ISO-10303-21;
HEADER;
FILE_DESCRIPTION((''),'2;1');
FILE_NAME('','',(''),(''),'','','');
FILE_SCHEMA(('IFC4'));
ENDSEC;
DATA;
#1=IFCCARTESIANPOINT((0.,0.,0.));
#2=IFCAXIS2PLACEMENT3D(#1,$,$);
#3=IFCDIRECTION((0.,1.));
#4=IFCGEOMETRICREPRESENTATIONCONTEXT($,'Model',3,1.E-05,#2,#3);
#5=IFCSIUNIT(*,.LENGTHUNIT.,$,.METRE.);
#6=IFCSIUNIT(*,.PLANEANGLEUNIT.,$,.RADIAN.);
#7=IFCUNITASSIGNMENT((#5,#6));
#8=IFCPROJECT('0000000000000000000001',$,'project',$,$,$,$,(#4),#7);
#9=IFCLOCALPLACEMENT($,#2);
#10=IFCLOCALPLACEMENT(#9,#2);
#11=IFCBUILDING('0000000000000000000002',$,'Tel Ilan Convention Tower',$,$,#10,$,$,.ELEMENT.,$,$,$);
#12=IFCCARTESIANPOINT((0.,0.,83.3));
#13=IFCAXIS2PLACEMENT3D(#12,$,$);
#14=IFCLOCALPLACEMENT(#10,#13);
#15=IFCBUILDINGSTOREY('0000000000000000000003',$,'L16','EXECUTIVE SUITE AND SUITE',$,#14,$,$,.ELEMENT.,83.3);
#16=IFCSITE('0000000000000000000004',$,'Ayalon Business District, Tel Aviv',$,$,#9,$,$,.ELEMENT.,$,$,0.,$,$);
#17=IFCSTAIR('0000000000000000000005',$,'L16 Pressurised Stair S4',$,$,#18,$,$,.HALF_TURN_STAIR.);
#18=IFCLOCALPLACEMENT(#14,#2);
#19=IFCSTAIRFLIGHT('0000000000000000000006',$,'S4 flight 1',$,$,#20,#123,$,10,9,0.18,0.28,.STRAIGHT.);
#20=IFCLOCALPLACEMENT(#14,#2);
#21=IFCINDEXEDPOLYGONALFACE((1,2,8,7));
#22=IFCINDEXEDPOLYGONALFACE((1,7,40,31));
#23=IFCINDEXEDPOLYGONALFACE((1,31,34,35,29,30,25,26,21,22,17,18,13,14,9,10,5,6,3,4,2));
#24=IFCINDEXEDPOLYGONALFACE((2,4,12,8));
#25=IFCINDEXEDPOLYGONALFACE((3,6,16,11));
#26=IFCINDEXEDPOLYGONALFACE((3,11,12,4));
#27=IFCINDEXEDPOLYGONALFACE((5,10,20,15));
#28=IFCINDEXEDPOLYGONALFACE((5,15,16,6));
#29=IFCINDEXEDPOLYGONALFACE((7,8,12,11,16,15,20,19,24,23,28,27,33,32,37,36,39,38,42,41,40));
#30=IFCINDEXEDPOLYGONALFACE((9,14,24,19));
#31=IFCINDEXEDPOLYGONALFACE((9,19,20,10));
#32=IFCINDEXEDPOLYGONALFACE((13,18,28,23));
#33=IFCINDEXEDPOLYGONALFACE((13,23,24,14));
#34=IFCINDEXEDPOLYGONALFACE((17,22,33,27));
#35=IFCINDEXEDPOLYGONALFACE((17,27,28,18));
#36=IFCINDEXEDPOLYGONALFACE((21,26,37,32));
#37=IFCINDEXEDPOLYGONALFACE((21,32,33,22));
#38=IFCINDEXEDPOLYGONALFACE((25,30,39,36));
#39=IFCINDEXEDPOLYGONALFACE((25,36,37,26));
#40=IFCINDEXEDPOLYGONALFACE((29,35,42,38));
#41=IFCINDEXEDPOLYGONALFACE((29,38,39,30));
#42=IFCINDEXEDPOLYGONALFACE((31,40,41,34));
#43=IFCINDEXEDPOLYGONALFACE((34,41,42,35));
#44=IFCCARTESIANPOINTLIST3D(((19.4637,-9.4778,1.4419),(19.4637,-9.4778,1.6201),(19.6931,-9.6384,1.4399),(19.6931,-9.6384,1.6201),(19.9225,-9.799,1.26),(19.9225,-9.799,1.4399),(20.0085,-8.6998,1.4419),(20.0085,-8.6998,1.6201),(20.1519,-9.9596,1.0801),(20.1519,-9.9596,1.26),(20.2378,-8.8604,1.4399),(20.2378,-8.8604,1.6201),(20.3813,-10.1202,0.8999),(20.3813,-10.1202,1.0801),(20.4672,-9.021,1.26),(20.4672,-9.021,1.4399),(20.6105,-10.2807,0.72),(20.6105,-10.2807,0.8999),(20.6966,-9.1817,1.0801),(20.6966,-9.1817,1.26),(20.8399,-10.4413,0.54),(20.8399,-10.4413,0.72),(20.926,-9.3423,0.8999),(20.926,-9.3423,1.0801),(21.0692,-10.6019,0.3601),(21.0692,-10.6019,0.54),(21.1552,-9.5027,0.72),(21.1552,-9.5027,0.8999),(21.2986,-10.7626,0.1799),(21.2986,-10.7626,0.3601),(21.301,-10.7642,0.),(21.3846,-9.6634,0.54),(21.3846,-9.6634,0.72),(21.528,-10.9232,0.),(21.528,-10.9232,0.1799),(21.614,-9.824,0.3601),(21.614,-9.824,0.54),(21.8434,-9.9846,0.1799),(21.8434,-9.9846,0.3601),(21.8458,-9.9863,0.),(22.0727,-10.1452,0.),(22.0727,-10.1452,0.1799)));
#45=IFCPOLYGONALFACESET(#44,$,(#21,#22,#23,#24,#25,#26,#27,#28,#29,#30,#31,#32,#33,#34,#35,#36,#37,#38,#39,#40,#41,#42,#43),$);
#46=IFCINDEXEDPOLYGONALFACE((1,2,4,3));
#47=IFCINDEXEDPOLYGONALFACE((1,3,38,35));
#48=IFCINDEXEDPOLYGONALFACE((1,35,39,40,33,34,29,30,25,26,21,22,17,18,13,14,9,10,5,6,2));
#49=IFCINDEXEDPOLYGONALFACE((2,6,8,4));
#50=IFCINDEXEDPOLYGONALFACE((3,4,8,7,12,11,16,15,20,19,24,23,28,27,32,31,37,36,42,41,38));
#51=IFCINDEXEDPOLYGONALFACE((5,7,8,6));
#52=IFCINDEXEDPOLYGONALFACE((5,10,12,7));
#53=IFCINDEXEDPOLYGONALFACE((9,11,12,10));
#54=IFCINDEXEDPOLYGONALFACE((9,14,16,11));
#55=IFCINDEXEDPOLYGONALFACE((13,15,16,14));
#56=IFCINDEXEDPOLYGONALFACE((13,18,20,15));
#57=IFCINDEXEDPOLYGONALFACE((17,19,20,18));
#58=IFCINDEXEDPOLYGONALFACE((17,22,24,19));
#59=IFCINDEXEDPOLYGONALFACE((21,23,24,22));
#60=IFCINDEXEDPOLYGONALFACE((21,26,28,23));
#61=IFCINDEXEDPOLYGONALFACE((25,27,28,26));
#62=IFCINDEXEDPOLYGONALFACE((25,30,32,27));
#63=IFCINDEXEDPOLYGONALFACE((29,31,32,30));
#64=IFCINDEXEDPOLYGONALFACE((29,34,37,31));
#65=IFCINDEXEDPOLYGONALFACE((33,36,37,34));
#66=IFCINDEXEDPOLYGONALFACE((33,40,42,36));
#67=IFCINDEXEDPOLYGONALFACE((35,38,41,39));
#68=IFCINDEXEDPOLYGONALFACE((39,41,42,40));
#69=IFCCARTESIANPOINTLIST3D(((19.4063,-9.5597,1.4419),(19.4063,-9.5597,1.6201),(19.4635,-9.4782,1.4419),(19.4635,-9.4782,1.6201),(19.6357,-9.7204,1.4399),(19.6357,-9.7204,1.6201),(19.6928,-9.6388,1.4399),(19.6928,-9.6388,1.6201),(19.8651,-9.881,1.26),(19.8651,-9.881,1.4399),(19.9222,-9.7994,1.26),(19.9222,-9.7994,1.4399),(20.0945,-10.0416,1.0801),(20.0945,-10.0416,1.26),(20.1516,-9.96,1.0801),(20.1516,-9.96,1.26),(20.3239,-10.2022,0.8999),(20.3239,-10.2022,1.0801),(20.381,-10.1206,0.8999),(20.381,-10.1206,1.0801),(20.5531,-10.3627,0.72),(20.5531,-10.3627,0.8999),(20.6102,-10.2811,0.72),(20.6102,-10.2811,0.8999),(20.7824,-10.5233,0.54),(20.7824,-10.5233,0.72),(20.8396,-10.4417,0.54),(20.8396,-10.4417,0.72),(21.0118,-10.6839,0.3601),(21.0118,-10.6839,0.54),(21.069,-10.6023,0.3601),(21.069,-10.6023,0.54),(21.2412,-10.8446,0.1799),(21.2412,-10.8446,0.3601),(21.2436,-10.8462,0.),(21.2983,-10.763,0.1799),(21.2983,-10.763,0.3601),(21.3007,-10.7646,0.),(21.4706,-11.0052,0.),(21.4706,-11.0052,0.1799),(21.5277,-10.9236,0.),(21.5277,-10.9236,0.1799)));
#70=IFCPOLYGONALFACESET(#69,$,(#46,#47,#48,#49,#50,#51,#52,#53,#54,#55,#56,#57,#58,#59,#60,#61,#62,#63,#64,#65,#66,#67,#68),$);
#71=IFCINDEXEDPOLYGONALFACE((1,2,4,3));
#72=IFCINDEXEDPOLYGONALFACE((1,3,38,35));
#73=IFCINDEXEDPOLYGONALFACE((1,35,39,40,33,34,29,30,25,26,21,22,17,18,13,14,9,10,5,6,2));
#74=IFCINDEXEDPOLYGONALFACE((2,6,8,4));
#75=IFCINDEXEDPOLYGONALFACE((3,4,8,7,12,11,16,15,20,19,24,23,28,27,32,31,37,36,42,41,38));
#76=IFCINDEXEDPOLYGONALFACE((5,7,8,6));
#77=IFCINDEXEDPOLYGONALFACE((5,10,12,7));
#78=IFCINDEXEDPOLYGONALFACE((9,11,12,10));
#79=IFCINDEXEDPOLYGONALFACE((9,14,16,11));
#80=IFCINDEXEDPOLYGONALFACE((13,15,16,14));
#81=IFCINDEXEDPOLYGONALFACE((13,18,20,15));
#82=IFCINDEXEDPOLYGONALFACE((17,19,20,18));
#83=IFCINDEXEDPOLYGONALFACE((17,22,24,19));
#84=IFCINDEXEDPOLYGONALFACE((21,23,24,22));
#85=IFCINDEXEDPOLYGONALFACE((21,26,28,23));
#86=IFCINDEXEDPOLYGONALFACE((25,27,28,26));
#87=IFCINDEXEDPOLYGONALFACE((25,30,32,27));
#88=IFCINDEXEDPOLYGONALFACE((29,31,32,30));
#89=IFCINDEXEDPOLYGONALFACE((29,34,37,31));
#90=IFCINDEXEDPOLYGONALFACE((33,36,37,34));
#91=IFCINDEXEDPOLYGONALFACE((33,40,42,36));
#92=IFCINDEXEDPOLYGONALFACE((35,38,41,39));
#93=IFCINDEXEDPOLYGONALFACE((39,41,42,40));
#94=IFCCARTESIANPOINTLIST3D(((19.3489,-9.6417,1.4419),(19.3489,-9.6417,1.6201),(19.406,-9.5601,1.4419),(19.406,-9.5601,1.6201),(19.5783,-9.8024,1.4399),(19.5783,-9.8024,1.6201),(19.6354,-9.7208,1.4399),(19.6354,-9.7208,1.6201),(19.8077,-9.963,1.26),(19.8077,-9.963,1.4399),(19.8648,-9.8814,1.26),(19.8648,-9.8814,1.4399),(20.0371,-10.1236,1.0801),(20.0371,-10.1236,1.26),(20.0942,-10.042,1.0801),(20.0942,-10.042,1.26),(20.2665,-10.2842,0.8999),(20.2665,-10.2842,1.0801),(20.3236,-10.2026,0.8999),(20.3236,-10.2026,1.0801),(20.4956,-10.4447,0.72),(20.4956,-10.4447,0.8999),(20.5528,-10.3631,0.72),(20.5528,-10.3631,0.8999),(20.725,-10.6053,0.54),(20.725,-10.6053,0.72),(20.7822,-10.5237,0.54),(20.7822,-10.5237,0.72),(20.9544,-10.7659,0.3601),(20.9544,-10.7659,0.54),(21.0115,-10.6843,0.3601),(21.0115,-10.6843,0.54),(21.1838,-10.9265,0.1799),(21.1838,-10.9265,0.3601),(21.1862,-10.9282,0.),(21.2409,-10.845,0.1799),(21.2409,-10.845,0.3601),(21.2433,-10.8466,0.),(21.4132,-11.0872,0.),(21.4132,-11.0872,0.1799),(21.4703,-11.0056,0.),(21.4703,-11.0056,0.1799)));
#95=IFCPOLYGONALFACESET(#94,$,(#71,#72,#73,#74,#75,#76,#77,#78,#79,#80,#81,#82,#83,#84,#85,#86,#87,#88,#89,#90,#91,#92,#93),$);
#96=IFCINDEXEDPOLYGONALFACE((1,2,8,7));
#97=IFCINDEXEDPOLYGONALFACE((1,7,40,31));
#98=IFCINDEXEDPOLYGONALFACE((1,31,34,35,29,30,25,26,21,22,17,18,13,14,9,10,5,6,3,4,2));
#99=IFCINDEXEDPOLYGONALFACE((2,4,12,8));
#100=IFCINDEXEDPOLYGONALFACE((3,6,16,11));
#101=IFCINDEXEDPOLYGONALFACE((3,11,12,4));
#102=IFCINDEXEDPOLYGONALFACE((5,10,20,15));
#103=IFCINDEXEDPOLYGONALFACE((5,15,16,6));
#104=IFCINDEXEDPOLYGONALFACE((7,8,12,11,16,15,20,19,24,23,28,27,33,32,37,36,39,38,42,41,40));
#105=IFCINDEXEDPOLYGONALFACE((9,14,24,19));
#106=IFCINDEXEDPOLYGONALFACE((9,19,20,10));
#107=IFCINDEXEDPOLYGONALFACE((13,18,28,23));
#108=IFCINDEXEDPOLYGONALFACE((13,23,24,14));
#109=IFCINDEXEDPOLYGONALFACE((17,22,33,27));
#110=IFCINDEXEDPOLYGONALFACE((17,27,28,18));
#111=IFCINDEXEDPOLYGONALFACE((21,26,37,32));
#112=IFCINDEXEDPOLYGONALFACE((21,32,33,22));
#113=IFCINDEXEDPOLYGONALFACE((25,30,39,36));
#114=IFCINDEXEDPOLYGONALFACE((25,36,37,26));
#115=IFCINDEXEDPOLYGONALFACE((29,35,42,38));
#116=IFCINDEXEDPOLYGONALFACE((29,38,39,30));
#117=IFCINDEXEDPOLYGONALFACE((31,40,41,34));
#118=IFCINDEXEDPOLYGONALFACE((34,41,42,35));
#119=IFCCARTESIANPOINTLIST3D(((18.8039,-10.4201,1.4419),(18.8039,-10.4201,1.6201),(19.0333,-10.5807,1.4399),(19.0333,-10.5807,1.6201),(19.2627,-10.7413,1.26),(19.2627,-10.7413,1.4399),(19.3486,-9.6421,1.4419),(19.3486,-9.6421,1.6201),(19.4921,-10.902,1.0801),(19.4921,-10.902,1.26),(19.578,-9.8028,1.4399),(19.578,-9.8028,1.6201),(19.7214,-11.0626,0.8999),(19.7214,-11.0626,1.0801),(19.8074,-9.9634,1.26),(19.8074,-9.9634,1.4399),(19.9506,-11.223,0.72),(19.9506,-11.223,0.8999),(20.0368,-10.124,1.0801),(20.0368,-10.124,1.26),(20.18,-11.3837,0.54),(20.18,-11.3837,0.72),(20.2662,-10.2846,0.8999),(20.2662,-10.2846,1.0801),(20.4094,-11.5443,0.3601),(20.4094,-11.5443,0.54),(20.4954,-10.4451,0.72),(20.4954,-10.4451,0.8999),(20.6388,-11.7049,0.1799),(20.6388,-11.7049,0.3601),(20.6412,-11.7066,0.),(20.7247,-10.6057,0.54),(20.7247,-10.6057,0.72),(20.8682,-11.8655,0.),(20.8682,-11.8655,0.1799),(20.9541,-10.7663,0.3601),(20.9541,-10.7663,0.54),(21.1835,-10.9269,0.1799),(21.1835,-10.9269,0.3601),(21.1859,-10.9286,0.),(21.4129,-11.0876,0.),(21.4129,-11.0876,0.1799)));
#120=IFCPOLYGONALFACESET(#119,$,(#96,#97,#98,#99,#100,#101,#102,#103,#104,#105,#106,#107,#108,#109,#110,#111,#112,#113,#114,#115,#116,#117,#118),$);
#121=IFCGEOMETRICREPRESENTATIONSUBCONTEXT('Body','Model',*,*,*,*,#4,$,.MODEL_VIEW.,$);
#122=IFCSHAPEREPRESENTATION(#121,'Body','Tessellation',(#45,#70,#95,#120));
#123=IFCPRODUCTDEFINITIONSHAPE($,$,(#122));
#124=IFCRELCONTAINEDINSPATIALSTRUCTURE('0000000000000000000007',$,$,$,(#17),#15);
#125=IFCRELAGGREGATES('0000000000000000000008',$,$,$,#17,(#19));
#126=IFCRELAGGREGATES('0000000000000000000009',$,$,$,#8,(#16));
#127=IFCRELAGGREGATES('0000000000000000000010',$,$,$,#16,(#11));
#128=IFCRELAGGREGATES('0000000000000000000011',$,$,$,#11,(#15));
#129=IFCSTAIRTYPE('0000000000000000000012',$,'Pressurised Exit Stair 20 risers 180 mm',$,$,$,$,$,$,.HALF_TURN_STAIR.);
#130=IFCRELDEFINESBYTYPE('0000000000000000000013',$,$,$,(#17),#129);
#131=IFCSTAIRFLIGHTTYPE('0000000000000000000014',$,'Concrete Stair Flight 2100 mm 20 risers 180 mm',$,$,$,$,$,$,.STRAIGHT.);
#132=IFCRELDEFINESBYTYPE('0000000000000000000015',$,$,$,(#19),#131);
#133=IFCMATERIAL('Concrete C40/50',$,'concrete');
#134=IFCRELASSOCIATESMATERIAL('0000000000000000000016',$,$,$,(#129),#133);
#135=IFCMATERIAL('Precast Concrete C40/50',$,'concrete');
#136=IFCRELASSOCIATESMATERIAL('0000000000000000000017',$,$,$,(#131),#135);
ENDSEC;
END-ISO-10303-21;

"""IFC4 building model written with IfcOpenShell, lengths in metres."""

from ifc_helpers import new_model, si_unit, direction, frame, origin, place, context, subcontext, project, spatial, polyline, outline, extrude, material, type_object, element, aggregate, save


model = new_model("IFC4")

# Units and contexts
model_context = context("Model", 3, precision=1e-05, world=origin(), true_north=direction((0.0, 1.0)))
body_context = subcontext(model_context, "Body", "Model", "MODEL_VIEW")
ifc_project = project(units=[si_unit("LENGTHUNIT", "METRE"), si_unit("PLANEANGLEUNIT", "RADIAN")], contexts=[model_context])

# Site, building, storey
site_placement = place(None, origin())
site = spatial("IfcSite", under=ifc_project, at=site_placement, Name="Ayalon Business District, Tel Aviv", CompositionType="ELEMENT", RefElevation=0.0)
building_placement = place(site_placement, origin())
building = spatial("IfcBuilding", under=site, at=building_placement, Name="Tel Ilan Convention Tower", CompositionType="ELEMENT")
storey_placement = place(building_placement, frame((0.0, 0.0, 83.3)))
storey = spatial("IfcBuildingStorey", under=building, at=storey_placement, Name="L16", Description="EXECUTIVE SUITE AND SUITE", CompositionType="ELEMENT", Elevation=83.3)

# Shared definitions
ifc_material_1 = material(Name="Concrete C40/50", Category="concrete")
stair_type = type_object("IfcStairType", Name="Pressurised Exit Stair 20 risers 180 mm", PredefinedType="HALF_TURN_STAIR", material=ifc_material_1)
ifc_material_2 = material(Name="Precast Concrete C40/50", Category="concrete")
stair_flight_type = type_object("IfcStairFlightType", Name="Concrete Stair Flight 2100 mm 20 risers 180 mm", PredefinedType="STRAIGHT", material=ifc_material_2)

# Stair, stair flight
stair_1_placement = place(storey_placement, origin())
stair_1 = element("IfcStair", 1, at=stair_1_placement, inside=storey, type_object=stair_type, Name="L16 Pressurised Stair S4", PredefinedType="HALF_TURN_STAIR")
stair_flight_1_placement = place(storey_placement, frame((21.4705, -11.0054, 0.0), z_axis=(0.0, 0.0, 1.0), x_axis=(-0.819152, 0.573576, 0.0)))
stair_flight_1 = element("IfcStairFlight", 2, at=stair_flight_1_placement, type_object=stair_flight_type, Name="S4 flight 1", NumberOfRisers=10, NumberOfTreads=9, PredefinedType="STRAIGHT", RiserHeight=0.18, TreadLength=0.28, context=body_context, shape_type="SweptSolid", body=[
    extrude(outline(polyline([(0.0, 0.0), (0.0, 0.1799), (0.28, 0.1799), (0.28, 0.3601), (0.5601, 0.3601), (0.5601, 0.54), (0.8401, 0.54), (0.8401, 0.72), (1.1201, 0.72), (1.1201, 0.8999), (1.3999, 0.8999), (1.3999, 1.0801), (1.6799, 1.0801), (1.6799, 1.26), (1.96, 1.26), (1.96, 1.4399), (2.24, 1.4399), (2.24, 1.6201), (2.52, 1.6201), (2.52, 1.8), (2.52, 1.4419), (0.2771, 0.0), (0.0, 0.0)])), frame((0.0, -0.1003, 0.0), z_axis=(0.0, -1.0, 0.0), x_axis=(1.0, 0.0, 0.0)), (0.0, 0.0, 1.0), 0.9497),
    extrude(outline(polyline([(0.0, 0.0), (0.0, 0.1799), (0.28, 0.1799), (0.28, 0.3601), (0.5601, 0.3601), (0.5601, 0.54), (0.8401, 0.54), (0.8401, 0.72), (1.1201, 0.72), (1.1201, 0.8999), (1.3999, 0.8999), (1.3999, 1.0801), (1.6799, 1.0801), (1.6799, 1.26), (1.96, 1.26), (1.96, 1.4399), (2.24, 1.4399), (2.24, 1.6201), (2.52, 1.6201), (2.52, 1.8), (2.52, 1.4419), (0.2771, 0.0), (0.0, 0.0)])), frame((0.0, -0.0002, 0.0), z_axis=(0.0, -1.0, 0.0), x_axis=(1.0, 0.0, 0.0)), (0.0, 0.0, 1.0), 0.0996),
    extrude(outline(polyline([(0.0, 0.0), (0.0, 0.1799), (0.28, 0.1799), (0.28, 0.3601), (0.5601, 0.3601), (0.5601, 0.54), (0.8401, 0.54), (0.8401, 0.72), (1.1201, 0.72), (1.1201, 0.8999), (1.3999, 0.8999), (1.3999, 1.0801), (1.6799, 1.0801), (1.6799, 1.26), (1.96, 1.26), (1.96, 1.4399), (2.24, 1.4399), (2.24, 1.6201), (2.52, 1.6201), (2.52, 1.8), (2.52, 1.4419), (0.2771, 0.0), (0.0, 0.0)])), frame((0.0, 0.0999, 0.0), z_axis=(0.0, -1.0, 0.0), x_axis=(1.0, 0.0, 0.0)), (0.0, 0.0, 1.0), 0.0996),
    extrude(outline(polyline([(0.0, 0.0), (0.0, 0.1799), (0.28, 0.1799), (0.28, 0.3601), (0.5601, 0.3601), (0.5601, 0.54), (0.8401, 0.54), (0.8401, 0.72), (1.1201, 0.72), (1.1201, 0.8999), (1.3999, 0.8999), (1.3999, 1.0801), (1.6799, 1.0801), (1.6799, 1.26), (1.96, 1.26), (1.96, 1.4399), (2.24, 1.4399), (2.24, 1.6201), (2.52, 1.6201), (2.52, 1.8), (2.52, 1.4419), (0.2771, 0.0), (0.0, 0.0)])), frame((0.0, 1.05, 0.0), z_axis=(0.0, -1.0, 0.0), x_axis=(1.0, 0.0, 0.0)), (0.0, 0.0, 1.0), 0.9497),
])
aggregate(stair_1, [stair_flight_1])

save(model, "model.ifc")
